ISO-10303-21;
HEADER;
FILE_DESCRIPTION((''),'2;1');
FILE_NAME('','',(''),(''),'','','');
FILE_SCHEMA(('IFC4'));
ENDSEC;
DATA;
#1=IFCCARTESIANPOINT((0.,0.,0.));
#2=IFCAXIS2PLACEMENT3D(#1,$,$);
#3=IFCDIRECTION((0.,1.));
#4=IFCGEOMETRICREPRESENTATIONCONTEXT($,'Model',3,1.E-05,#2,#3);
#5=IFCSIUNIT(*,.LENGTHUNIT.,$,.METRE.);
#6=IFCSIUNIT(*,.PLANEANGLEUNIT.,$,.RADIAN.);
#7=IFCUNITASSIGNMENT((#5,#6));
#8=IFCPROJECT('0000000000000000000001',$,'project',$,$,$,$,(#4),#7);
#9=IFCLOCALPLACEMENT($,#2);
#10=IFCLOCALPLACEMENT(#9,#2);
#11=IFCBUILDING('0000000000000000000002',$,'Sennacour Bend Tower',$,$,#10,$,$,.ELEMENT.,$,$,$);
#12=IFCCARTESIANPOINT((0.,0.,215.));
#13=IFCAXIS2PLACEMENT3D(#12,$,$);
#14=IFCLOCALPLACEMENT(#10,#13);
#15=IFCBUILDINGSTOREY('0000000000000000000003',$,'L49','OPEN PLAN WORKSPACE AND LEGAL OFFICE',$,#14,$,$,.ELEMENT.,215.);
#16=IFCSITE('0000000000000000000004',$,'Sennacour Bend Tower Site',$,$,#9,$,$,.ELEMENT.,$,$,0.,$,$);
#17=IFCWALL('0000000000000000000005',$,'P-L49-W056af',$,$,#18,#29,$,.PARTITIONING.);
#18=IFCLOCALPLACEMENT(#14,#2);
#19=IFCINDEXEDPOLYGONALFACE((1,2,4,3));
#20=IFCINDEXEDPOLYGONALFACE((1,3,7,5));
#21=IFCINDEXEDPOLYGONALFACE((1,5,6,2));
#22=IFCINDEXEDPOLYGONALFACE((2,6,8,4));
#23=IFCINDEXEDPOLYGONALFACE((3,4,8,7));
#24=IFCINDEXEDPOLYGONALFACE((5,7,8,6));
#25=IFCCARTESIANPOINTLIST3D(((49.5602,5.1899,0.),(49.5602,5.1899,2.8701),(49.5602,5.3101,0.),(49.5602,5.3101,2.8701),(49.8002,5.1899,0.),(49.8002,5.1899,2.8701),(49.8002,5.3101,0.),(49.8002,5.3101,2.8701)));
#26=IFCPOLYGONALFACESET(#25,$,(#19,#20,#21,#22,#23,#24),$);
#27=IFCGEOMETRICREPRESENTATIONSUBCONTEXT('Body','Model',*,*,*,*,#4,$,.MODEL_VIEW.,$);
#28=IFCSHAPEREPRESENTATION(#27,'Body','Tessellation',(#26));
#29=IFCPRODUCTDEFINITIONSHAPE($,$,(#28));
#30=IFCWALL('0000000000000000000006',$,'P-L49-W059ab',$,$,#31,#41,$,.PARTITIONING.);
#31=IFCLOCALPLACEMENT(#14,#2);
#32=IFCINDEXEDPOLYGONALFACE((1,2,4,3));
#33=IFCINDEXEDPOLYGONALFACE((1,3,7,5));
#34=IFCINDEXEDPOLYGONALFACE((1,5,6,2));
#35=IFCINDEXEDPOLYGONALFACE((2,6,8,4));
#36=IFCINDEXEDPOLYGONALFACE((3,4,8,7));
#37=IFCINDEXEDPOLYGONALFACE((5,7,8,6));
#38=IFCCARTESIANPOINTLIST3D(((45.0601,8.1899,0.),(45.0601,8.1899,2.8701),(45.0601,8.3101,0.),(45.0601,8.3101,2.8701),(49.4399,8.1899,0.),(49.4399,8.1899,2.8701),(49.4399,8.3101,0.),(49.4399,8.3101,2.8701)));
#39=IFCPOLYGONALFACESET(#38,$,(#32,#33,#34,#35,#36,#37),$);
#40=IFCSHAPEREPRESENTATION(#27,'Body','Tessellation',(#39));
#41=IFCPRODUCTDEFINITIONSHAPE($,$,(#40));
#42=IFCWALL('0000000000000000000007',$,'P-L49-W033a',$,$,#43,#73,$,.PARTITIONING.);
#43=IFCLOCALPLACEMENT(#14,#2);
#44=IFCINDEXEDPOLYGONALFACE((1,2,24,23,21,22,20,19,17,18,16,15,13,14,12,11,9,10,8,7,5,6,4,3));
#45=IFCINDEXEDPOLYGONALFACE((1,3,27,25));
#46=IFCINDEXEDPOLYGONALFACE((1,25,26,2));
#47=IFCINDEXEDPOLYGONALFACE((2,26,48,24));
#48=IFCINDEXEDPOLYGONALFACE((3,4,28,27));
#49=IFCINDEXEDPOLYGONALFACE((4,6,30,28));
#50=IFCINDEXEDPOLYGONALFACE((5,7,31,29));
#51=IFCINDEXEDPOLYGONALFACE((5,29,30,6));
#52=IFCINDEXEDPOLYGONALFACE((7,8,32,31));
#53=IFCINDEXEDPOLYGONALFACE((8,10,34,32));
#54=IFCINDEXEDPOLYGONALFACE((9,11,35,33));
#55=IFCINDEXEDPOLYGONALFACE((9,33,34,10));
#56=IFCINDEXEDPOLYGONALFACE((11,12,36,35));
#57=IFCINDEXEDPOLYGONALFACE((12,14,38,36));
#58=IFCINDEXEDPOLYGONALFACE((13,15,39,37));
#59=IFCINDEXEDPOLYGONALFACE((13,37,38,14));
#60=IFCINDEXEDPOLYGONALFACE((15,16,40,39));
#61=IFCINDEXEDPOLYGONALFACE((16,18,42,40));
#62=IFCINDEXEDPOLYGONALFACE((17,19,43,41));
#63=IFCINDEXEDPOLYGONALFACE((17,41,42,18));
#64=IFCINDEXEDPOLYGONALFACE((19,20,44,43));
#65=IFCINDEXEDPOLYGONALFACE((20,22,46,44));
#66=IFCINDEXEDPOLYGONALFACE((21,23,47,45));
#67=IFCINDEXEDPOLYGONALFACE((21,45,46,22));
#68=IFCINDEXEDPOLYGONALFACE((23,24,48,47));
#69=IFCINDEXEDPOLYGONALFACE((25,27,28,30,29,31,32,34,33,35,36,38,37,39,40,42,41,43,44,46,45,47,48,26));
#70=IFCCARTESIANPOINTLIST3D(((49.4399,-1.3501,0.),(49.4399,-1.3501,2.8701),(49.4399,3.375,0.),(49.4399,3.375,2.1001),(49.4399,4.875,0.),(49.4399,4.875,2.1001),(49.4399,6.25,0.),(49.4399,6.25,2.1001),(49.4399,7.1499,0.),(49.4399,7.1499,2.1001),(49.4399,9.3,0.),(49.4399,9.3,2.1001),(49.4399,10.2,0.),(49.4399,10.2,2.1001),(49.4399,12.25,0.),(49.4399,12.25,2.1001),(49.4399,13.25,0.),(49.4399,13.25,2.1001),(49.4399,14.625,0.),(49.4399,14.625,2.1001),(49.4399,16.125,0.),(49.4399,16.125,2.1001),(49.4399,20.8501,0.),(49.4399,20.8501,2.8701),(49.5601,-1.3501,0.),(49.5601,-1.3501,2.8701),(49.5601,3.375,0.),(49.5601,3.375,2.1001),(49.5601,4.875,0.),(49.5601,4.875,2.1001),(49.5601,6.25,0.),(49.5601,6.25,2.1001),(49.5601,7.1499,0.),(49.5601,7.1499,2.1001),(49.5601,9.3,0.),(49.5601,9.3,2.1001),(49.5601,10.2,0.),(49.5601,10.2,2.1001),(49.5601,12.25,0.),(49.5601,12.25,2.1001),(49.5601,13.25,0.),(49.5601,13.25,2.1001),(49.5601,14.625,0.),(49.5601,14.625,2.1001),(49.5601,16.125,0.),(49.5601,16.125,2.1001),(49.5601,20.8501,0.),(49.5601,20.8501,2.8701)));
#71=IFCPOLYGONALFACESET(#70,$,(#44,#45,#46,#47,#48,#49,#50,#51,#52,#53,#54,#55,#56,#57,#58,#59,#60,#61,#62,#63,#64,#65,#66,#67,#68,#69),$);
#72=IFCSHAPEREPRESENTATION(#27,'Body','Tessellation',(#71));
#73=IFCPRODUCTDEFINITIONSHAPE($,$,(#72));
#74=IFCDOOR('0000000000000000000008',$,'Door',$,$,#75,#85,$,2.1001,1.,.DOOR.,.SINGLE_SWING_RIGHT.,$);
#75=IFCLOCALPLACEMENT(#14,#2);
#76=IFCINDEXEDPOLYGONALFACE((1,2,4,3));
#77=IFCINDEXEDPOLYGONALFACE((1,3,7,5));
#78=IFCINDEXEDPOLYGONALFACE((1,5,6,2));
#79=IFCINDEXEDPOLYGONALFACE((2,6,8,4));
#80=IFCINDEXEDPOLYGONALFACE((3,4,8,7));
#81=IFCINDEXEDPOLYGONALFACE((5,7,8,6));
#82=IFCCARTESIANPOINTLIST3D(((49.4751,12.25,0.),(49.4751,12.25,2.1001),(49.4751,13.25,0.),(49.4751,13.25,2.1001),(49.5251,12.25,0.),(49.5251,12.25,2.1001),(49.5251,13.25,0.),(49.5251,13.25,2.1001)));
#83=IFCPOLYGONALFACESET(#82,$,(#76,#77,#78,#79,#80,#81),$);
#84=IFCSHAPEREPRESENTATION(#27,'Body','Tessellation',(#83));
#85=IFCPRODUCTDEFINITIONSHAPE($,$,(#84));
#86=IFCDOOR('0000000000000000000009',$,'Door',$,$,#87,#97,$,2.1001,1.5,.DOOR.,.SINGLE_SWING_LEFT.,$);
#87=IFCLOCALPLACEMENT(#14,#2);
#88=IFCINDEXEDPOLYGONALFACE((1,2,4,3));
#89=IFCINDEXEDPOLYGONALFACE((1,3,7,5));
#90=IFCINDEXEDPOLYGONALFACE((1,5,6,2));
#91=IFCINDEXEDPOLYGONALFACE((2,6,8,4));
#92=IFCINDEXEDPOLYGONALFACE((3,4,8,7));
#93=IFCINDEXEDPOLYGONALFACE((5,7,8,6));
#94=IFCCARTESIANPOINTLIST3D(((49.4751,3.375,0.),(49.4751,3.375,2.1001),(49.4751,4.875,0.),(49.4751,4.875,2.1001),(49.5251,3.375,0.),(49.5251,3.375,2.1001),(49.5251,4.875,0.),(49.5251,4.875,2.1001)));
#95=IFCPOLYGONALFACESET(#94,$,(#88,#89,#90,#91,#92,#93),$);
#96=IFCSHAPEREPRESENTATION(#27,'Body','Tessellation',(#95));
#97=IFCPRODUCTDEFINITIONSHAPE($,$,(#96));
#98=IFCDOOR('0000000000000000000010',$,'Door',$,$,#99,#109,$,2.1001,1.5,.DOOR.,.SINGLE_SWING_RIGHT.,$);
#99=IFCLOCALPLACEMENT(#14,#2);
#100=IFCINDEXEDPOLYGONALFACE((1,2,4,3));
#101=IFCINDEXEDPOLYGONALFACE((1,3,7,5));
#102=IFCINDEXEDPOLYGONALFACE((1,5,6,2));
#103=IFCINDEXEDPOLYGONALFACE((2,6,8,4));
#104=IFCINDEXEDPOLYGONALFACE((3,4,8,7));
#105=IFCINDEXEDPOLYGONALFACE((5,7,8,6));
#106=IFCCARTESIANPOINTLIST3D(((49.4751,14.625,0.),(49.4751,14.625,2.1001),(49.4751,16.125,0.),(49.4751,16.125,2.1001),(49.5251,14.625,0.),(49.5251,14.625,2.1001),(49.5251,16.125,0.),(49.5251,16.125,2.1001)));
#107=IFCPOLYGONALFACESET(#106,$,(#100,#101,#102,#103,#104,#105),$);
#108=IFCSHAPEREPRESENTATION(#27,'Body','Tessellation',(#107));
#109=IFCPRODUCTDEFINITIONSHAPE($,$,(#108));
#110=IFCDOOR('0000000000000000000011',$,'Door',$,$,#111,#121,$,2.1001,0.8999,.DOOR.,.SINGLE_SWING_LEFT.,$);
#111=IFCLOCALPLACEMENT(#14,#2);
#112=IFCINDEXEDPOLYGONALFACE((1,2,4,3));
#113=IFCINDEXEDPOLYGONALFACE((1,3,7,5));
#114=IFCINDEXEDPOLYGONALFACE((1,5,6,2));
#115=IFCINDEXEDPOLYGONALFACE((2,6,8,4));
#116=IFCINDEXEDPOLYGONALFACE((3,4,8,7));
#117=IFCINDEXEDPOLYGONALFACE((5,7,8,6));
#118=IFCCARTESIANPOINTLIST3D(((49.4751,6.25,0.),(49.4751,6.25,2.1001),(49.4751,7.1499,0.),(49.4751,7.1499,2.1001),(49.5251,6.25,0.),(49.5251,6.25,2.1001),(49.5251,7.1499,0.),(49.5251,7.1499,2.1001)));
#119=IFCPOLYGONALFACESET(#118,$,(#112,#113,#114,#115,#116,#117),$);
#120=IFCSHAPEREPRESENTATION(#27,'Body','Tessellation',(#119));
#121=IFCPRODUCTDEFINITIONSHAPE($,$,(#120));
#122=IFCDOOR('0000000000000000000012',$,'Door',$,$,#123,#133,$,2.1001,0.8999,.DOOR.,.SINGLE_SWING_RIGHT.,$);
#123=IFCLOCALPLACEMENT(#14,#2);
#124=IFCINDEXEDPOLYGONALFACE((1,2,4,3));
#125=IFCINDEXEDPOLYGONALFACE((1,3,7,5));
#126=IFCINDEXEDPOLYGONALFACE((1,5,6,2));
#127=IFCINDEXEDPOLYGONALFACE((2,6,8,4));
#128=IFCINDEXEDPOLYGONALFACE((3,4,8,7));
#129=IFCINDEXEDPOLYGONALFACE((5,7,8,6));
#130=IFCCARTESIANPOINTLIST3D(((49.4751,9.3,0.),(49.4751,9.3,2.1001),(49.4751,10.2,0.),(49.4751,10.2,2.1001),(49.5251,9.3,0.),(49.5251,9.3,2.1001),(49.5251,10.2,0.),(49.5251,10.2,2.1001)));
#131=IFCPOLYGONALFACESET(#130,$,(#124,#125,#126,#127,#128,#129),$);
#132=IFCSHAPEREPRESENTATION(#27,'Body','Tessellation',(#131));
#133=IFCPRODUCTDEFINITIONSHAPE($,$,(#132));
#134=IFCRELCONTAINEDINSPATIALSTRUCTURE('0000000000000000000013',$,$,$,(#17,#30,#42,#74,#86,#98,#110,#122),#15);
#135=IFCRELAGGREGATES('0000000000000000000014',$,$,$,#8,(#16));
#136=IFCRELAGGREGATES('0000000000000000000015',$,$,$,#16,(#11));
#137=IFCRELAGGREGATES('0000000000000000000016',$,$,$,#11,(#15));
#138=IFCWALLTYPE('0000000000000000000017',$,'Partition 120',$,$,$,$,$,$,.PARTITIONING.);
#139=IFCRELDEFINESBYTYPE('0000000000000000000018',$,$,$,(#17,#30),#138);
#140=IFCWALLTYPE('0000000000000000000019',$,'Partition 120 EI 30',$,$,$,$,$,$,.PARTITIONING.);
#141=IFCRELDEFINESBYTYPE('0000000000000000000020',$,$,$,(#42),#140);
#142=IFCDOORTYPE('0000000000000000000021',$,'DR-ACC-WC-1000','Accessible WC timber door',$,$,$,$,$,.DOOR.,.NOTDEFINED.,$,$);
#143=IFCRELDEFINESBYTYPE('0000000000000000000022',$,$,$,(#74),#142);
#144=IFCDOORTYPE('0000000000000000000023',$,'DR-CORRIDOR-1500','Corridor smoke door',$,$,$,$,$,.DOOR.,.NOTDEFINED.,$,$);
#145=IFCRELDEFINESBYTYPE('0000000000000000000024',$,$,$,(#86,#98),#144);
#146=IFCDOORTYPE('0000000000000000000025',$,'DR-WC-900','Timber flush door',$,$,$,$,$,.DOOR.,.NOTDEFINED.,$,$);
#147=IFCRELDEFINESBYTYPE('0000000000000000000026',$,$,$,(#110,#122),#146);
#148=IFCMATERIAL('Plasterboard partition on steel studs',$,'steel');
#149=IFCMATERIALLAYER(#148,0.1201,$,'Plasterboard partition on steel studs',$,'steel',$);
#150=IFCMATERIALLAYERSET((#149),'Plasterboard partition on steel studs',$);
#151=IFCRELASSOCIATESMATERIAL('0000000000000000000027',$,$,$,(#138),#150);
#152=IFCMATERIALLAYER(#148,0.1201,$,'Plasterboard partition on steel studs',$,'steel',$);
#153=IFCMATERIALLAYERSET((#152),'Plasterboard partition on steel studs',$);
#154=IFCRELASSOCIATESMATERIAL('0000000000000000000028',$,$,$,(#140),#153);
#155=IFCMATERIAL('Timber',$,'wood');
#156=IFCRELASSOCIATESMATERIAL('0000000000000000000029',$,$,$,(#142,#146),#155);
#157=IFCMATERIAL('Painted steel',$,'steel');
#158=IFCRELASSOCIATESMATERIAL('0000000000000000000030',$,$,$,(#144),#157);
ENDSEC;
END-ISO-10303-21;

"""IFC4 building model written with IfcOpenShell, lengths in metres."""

from ifc_helpers import new_model, si_unit, direction, frame, frame_2d, origin, place, context, subcontext, project, spatial, rectangle, extrude, material, layer, layer_set, type_object, element, fill, save


model = new_model("IFC4")

# Units and contexts
model_context = context("Model", 3, precision=1e-05, world=origin(), true_north=direction((0.0, 1.0)))
body_context = subcontext(model_context, "Body", "Model", "MODEL_VIEW")
ifc_project = project(units=[si_unit("LENGTHUNIT", "METRE"), si_unit("PLANEANGLEUNIT", "RADIAN")], contexts=[model_context])

# Site, building, storey
site_placement = place(None, origin())
site = spatial("IfcSite", under=ifc_project, at=site_placement, Name="Sennacour Bend Tower Site", CompositionType="ELEMENT", RefElevation=0.0)
building_placement = place(site_placement, origin())
building = spatial("IfcBuilding", under=site, at=building_placement, Name="Sennacour Bend Tower", CompositionType="ELEMENT")
storey_placement = place(building_placement, frame((0.0, 0.0, 215.0)))
storey = spatial("IfcBuildingStorey", under=building, at=storey_placement, Name="L49", Description="OPEN PLAN WORKSPACE AND LEGAL OFFICE", CompositionType="ELEMENT", Elevation=215.0)

# Walls
ifc_material_1 = material(Name="Plasterboard partition on steel studs", Category="steel")
ifc_layer_1 = layer(ifc_material_1, 0.1201, Name="Plasterboard partition on steel studs", Category="steel")
ifc_layer_set_1 = layer_set([ifc_layer_1], Name="Plasterboard partition on steel studs")
wall_type_1 = type_object("IfcWallType", Name="Partition 120", PredefinedType="PARTITIONING", material=ifc_layer_set_1)
wall_1_placement = place(storey_placement, frame((49.5601, 5.25, 0.0), z_axis=(0.0, 0.0, 1.0), x_axis=(1.0, 0.0, 0.0)))
element("IfcWall", 1, at=wall_1_placement, inside=storey, type_object=wall_type_1, Name="P-L49-W056af", PredefinedType="PARTITIONING", context=body_context, shape_type="SweptSolid", body=[
    extrude(rectangle(XDim=0.24, YDim=0.1201, at=frame_2d((0.1201, 0.0))), origin(), (0.0, 0.0, 1.0), 2.8701),
])
wall_2_placement = place(storey_placement, frame((45.0601, 8.25, 0.0), z_axis=(0.0, 0.0, 1.0), x_axis=(1.0, 0.0, 0.0)))
element("IfcWall", 2, at=wall_2_placement, inside=storey, type_object=wall_type_1, Name="P-L49-W059ab", PredefinedType="PARTITIONING", context=body_context, shape_type="SweptSolid", body=[
    extrude(rectangle(XDim=4.3799, YDim=0.1201, at=frame_2d((2.1899, 0.0))), origin(), (0.0, 0.0, 1.0), 2.8701),
])

# Wall, openings, doors
ifc_layer_2 = layer(ifc_material_1, 0.1201, Name="Plasterboard partition on steel studs", Category="steel")
ifc_layer_set_2 = layer_set([ifc_layer_2], Name="Plasterboard partition on steel studs")
wall_type_2 = type_object("IfcWallType", Name="Partition 120 EI 30", PredefinedType="PARTITIONING", material=ifc_layer_set_2)
wall_3_placement = place(storey_placement, frame((49.5, -1.3501, 0.0), z_axis=(0.0, 0.0, 1.0), x_axis=(0.0, 1.0, 0.0)))
wall_3 = element("IfcWall", 3, at=wall_3_placement, inside=storey, type_object=wall_type_2, Name="P-L49-W033a", PredefinedType="PARTITIONING", context=body_context, shape_type="SweptSolid", body=[
    extrude(rectangle(XDim=22.2002, YDim=0.1201, at=frame_2d((11.1001, 0.0))), origin(), (0.0, 0.0, 1.0), 2.8701),
])
opening_1_placement = place(wall_3_placement, frame((4.7251, 0.0, 0.0)))
opening_1 = element("IfcOpeningElement", 4, at=opening_1_placement, cuts=wall_3, PredefinedType="OPENING", context=body_context, shape_type="SweptSolid", body=[
    extrude(rectangle(XDim=1.5, YDim=2.1001, at=frame_2d((0.75, 1.05))), frame((0.0, 0.0701, 0.0), z_axis=(0.0, -1.0, 0.0), x_axis=(1.0, 0.0, 0.0)), (0.0, 0.0, 1.0), 0.1401),
])
opening_2_placement = place(wall_3_placement, frame((15.9751, 0.0, 0.0)))
opening_2 = element("IfcOpeningElement", 5, at=opening_2_placement, cuts=wall_3, PredefinedType="OPENING", context=body_context, shape_type="SweptSolid", body=[
    extrude(rectangle(XDim=1.5, YDim=2.1001, at=frame_2d((0.75, 1.05))), frame((0.0, 0.0701, 0.0), z_axis=(0.0, -1.0, 0.0), x_axis=(1.0, 0.0, 0.0)), (0.0, 0.0, 1.0), 0.1401),
])
opening_3_placement = place(wall_3_placement, frame((7.6001, 0.0, 0.0)))
opening_3 = element("IfcOpeningElement", 6, at=opening_3_placement, cuts=wall_3, PredefinedType="OPENING", context=body_context, shape_type="SweptSolid", body=[
    extrude(rectangle(XDim=0.8999, YDim=2.1001, at=frame_2d((0.45, 1.05))), frame((0.0, 0.0701, 0.0), z_axis=(0.0, -1.0, 0.0), x_axis=(1.0, 0.0, 0.0)), (0.0, 0.0, 1.0), 0.1401),
])
opening_4_placement = place(wall_3_placement, frame((10.6501, 0.0, 0.0)))
opening_4 = element("IfcOpeningElement", 7, at=opening_4_placement, cuts=wall_3, PredefinedType="OPENING", context=body_context, shape_type="SweptSolid", body=[
    extrude(rectangle(XDim=0.8999, YDim=2.1001, at=frame_2d((0.45, 1.05))), frame((0.0, 0.0701, 0.0), z_axis=(0.0, -1.0, 0.0), x_axis=(1.0, 0.0, 0.0)), (0.0, 0.0, 1.0), 0.1401),
])
opening_5_placement = place(wall_3_placement, frame((13.6001, 0.0, 0.0)))
opening_5 = element("IfcOpeningElement", 8, at=opening_5_placement, cuts=wall_3, PredefinedType="OPENING", context=body_context, shape_type="SweptSolid", body=[
    extrude(rectangle(XDim=1.0, YDim=2.1001, at=frame_2d((0.5, 1.05))), frame((0.0, 0.0701, 0.0), z_axis=(0.0, -1.0, 0.0), x_axis=(1.0, 0.0, 0.0)), (0.0, 0.0, 1.0), 0.1401),
])
ifc_material_2 = material(Name="Timber", Category="wood")
door_type_1 = type_object("IfcDoorType", Name="DR-ACC-WC-1000", Description="Accessible WC timber door", OperationType="NOTDEFINED", PredefinedType="DOOR", material=ifc_material_2)
door_1_placement = place(opening_5_placement, origin())
door_1 = element("IfcDoor", 9, at=door_1_placement, inside=storey, type_object=door_type_1, Name="Door", OperationType="SINGLE_SWING_RIGHT", OverallHeight=2.1001, OverallWidth=1.0, PredefinedType="DOOR", context=body_context, shape_type="SweptSolid", body=[
    extrude(rectangle(XDim=1.0, YDim=2.1001, at=frame_2d((0.5, 1.05))), frame((0.0, 0.0249, 0.0), z_axis=(0.0, -1.0, 0.0), x_axis=(1.0, 0.0, 0.0)), (0.0, 0.0, 1.0), 0.05),
])
fill(opening_5, door_1)
ifc_material_3 = material(Name="Painted steel", Category="steel")
door_type_2 = type_object("IfcDoorType", Name="DR-CORRIDOR-1500", Description="Corridor smoke door", OperationType="NOTDEFINED", PredefinedType="DOOR", material=ifc_material_3)
door_2_placement = place(opening_1_placement, origin())
door_2 = element("IfcDoor", 10, at=door_2_placement, inside=storey, type_object=door_type_2, Name="Door", OperationType="SINGLE_SWING_LEFT", OverallHeight=2.1001, OverallWidth=1.5, PredefinedType="DOOR", context=body_context, shape_type="SweptSolid", body=[
    extrude(rectangle(XDim=1.5, YDim=2.1001, at=frame_2d((0.75, 1.05))), frame((0.0, 0.0249, 0.0), z_axis=(0.0, -1.0, 0.0), x_axis=(1.0, 0.0, 0.0)), (0.0, 0.0, 1.0), 0.05),
])
fill(opening_1, door_2)
door_3_placement = place(opening_2_placement, origin())
door_3 = element("IfcDoor", 11, at=door_3_placement, inside=storey, type_object=door_type_2, Name="Door", OperationType="SINGLE_SWING_RIGHT", OverallHeight=2.1001, OverallWidth=1.5, PredefinedType="DOOR", context=body_context, shape_type="SweptSolid", body=[
    extrude(rectangle(XDim=1.5, YDim=2.1001, at=frame_2d((0.75, 1.05))), frame((0.0, 0.0249, 0.0), z_axis=(0.0, -1.0, 0.0), x_axis=(1.0, 0.0, 0.0)), (0.0, 0.0, 1.0), 0.05),
])
fill(opening_2, door_3)
door_type_3 = type_object("IfcDoorType", Name="DR-WC-900", Description="Timber flush door", OperationType="NOTDEFINED", PredefinedType="DOOR", material=ifc_material_2)
door_4_placement = place(opening_3_placement, origin())
door_4 = element("IfcDoor", 12, at=door_4_placement, inside=storey, type_object=door_type_3, Name="Door", OperationType="SINGLE_SWING_LEFT", OverallHeight=2.1001, OverallWidth=0.8999, PredefinedType="DOOR", context=body_context, shape_type="SweptSolid", body=[
    extrude(rectangle(XDim=0.8999, YDim=2.1001, at=frame_2d((0.45, 1.05))), frame((0.0, 0.0249, 0.0), z_axis=(0.0, -1.0, 0.0), x_axis=(1.0, 0.0, 0.0)), (0.0, 0.0, 1.0), 0.05),
])
fill(opening_3, door_4)
door_5_placement = place(opening_4_placement, origin())
door_5 = element("IfcDoor", 13, at=door_5_placement, inside=storey, type_object=door_type_3, Name="Door", OperationType="SINGLE_SWING_RIGHT", OverallHeight=2.1001, OverallWidth=0.8999, PredefinedType="DOOR", context=body_context, shape_type="SweptSolid", body=[
    extrude(rectangle(XDim=0.8999, YDim=2.1001, at=frame_2d((0.45, 1.05))), frame((0.0, 0.0249, 0.0), z_axis=(0.0, -1.0, 0.0), x_axis=(1.0, 0.0, 0.0)), (0.0, 0.0, 1.0), 0.05),
])
fill(opening_4, door_5)

save(model, "model.ifc")
